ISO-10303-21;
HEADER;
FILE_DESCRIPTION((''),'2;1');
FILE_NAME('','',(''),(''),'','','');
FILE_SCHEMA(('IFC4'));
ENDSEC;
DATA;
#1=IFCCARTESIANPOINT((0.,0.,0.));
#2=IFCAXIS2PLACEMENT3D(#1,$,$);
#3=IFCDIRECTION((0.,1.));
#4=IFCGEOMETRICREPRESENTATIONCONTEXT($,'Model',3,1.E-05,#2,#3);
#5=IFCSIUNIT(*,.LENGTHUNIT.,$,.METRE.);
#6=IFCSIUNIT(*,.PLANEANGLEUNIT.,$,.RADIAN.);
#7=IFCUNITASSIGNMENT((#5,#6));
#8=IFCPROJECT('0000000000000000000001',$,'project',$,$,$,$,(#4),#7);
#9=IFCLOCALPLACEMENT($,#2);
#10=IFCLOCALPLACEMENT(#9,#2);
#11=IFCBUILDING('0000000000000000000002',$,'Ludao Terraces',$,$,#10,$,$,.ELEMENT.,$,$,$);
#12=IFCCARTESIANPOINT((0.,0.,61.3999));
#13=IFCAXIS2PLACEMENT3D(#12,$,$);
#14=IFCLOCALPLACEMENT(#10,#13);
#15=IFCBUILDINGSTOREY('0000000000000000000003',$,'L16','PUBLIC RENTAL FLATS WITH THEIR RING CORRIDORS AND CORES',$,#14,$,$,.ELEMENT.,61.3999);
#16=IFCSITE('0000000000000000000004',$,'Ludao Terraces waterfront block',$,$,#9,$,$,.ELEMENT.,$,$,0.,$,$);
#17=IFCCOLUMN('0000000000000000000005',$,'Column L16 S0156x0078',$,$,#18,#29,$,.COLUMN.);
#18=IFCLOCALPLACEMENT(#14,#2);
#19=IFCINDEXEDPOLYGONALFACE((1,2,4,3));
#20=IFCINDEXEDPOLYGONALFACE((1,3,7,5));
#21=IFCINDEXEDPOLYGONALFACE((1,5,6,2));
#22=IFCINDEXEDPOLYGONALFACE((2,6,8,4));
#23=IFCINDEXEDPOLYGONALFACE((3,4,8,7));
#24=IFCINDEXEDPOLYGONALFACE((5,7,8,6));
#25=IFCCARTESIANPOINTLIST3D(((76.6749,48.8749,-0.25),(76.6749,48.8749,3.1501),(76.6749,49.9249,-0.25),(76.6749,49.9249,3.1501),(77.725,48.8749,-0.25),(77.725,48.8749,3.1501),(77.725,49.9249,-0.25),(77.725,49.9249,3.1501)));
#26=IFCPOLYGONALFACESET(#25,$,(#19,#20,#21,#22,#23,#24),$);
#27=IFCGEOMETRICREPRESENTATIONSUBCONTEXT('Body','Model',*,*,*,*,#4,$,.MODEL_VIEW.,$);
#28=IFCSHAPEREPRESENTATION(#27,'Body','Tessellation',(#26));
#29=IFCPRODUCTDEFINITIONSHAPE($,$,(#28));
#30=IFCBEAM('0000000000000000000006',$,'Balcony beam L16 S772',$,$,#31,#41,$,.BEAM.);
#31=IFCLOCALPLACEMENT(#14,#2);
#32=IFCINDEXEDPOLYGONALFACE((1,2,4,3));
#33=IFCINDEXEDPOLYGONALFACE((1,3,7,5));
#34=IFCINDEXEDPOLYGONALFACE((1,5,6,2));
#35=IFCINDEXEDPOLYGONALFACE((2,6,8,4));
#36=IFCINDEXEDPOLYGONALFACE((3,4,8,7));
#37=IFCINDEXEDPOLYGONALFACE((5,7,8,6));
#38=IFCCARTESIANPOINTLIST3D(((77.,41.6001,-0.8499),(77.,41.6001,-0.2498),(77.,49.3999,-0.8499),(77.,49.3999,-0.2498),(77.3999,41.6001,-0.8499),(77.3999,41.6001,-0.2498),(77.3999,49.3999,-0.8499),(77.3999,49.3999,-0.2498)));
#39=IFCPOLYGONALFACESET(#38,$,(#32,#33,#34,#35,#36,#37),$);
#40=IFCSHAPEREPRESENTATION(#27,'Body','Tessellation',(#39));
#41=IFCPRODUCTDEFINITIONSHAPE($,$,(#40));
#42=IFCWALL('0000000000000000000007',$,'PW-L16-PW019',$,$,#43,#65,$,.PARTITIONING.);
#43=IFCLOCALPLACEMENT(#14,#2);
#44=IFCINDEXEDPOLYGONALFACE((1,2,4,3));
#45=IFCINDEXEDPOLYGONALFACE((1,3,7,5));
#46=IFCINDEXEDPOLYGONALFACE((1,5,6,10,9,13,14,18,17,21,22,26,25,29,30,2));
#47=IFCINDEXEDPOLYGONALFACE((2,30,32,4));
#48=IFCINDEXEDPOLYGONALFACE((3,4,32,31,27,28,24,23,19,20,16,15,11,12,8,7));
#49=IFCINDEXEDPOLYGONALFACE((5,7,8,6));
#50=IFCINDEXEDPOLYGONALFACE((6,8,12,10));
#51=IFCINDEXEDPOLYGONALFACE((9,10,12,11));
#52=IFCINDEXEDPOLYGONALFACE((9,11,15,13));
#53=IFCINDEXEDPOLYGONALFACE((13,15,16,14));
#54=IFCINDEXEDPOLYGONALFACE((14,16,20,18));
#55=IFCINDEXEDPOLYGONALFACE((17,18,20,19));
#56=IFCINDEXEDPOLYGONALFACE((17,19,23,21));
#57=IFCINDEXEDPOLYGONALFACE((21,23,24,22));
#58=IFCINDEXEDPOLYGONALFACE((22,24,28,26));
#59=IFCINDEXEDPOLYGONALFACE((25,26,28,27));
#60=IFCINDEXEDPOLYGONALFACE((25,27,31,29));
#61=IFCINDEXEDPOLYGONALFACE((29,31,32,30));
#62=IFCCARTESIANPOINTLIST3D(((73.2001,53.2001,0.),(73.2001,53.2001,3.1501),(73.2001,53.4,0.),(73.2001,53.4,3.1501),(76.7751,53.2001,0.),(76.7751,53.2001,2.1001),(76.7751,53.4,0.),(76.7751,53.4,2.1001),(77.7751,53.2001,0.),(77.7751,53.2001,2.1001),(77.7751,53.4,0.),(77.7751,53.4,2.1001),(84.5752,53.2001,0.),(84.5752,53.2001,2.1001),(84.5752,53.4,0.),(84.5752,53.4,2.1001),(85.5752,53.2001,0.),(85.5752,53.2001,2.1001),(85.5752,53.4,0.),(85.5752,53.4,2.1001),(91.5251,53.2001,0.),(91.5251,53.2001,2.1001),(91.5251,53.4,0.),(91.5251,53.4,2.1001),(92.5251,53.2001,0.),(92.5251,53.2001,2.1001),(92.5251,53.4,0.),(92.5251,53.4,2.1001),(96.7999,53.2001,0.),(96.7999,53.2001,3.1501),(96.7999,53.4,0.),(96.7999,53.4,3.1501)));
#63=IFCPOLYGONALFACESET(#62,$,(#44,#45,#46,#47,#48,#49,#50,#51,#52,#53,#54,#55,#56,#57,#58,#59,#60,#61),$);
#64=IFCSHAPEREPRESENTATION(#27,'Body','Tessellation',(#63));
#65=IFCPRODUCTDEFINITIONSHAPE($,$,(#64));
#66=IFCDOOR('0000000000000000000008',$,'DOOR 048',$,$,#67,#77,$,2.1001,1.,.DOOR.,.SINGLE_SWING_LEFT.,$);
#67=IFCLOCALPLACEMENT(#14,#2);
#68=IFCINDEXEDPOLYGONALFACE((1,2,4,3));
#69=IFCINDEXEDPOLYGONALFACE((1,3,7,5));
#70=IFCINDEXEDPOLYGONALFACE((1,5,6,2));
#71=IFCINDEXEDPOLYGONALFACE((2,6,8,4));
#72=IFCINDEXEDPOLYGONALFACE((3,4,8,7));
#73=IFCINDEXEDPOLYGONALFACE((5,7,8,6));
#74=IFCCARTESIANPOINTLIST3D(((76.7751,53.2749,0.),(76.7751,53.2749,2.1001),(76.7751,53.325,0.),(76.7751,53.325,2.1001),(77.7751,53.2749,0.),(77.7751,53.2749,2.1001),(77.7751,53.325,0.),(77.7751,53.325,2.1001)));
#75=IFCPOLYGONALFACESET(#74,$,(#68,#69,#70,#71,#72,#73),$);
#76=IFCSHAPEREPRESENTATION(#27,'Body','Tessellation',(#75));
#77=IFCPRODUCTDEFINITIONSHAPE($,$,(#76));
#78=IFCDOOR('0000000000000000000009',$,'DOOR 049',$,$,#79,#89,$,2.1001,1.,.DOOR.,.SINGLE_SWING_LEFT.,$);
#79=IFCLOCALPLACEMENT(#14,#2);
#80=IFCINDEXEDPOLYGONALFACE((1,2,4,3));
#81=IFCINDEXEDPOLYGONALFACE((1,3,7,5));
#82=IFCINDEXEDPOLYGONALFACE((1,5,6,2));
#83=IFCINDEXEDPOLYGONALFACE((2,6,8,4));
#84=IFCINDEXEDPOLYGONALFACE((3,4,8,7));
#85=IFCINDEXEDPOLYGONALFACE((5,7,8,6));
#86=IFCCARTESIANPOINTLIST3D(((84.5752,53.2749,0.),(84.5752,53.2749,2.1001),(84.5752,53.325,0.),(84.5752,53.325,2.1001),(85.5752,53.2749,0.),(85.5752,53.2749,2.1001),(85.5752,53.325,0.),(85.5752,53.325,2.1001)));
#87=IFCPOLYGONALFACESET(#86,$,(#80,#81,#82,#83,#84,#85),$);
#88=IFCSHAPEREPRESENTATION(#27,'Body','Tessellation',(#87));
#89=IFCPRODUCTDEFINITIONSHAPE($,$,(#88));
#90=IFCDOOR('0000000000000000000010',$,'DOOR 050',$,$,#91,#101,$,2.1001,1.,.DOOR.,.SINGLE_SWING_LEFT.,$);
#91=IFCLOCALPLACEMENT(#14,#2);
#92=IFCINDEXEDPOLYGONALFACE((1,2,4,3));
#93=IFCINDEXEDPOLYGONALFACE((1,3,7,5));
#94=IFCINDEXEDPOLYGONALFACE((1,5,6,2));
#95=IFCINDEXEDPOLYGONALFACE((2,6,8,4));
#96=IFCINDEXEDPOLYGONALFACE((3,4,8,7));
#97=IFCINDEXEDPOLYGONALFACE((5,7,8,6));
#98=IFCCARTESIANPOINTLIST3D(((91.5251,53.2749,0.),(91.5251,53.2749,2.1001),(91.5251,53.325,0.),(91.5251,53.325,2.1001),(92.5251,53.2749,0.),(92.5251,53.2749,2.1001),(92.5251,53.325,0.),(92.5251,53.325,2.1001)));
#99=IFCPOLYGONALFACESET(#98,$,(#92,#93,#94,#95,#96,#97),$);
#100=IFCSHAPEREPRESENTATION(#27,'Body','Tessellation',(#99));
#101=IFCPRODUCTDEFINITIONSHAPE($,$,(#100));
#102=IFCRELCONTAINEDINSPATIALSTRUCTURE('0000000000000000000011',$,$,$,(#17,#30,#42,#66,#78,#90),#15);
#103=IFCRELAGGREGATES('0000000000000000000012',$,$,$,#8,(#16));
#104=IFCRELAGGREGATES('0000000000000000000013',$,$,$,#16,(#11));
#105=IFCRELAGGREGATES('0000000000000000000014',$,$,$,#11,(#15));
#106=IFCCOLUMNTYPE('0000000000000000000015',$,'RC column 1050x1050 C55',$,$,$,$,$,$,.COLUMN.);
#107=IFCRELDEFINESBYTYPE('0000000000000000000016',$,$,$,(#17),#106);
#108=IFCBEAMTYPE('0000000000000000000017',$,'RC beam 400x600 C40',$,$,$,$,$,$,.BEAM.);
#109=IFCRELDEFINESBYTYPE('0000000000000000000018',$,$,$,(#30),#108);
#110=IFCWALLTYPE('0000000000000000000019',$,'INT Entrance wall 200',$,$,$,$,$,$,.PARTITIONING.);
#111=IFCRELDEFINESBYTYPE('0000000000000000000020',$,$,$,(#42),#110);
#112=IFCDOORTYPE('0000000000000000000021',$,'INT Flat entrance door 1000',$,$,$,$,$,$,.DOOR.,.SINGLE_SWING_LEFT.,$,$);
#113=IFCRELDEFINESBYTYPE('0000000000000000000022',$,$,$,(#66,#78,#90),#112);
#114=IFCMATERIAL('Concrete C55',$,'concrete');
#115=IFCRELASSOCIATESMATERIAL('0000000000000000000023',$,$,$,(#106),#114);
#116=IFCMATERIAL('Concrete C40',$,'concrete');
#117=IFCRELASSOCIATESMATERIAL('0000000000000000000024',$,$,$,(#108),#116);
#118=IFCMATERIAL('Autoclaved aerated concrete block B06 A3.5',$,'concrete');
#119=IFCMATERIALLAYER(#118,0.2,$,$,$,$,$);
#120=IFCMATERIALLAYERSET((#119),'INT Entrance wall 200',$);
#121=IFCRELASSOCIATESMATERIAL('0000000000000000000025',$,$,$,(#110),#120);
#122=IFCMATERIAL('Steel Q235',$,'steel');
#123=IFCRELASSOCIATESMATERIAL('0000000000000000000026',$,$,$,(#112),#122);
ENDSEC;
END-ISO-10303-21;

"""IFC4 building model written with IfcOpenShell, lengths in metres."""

from ifc_helpers import new_model, si_unit, direction, frame, frame_2d, origin, origin_2d, place, context, subcontext, project, spatial, rectangle, extrude, material, layer, layer_set, material_profile, profile_set, type_object, element, fill, save


model = new_model("IFC4")

# Units and contexts
model_context = context("Model", 3, precision=1e-05, world=origin(), true_north=direction((0.0, 1.0)))
body_context = subcontext(model_context, "Body", "Model", "MODEL_VIEW")
ifc_project = project(units=[si_unit("LENGTHUNIT", "METRE"), si_unit("PLANEANGLEUNIT", "RADIAN")], contexts=[model_context])

# Site, building, storey
site_placement = place(None, origin())
site = spatial("IfcSite", under=ifc_project, at=site_placement, Name="Ludao Terraces waterfront block", CompositionType="ELEMENT", RefElevation=0.0)
building_placement = place(site_placement, origin())
building = spatial("IfcBuilding", under=site, at=building_placement, Name="Ludao Terraces", CompositionType="ELEMENT")
storey_placement = place(building_placement, frame((0.0, 0.0, 61.3999)))
storey = spatial("IfcBuildingStorey", under=building, at=storey_placement, Name="L16", Description="PUBLIC RENTAL FLATS WITH THEIR RING CORRIDORS AND CORES", CompositionType="ELEMENT", Elevation=61.3999)

# Column
ifc_material_1 = material(Name="Concrete C55", Category="concrete")
ifc_material_profile_1 = material_profile(ifc_material_1, rectangle(XDim=1.05, YDim=1.05, at=origin_2d()), Name="1050 X 1050")
ifc_profile_set_1 = profile_set([ifc_material_profile_1], Name="Concrete C55")
column_type = type_object("IfcColumnType", Name="RC column 1050x1050 C55", PredefinedType="COLUMN", material=ifc_profile_set_1)
column_placement = place(storey_placement, frame((77.2, 49.3999, -0.25), z_axis=(0.0, 0.0, 1.0), x_axis=(1.0, 0.0, 0.0)))
element("IfcColumn", 1, at=column_placement, inside=storey, type_object=column_type, Name="Column L16 S0156x0078", PredefinedType="COLUMN", context=body_context, shape_type="SweptSolid", body=[
    extrude(rectangle(XDim=1.05, YDim=1.05, at=origin_2d()), origin(), (0.0, 0.0, 1.0), 3.4001),
])

# Beam
ifc_material_2 = material(Name="Concrete C40", Category="concrete")
ifc_material_profile_2 = material_profile(ifc_material_2, rectangle(XDim=0.3999, YDim=0.6001, at=origin_2d()), Name="400 X 600")
ifc_profile_set_2 = profile_set([ifc_material_profile_2], Name="Concrete C40")
beam_type = type_object("IfcBeamType", Name="RC beam 400x600 C40", PredefinedType="BEAM", material=ifc_profile_set_2)
beam_placement = place(storey_placement, frame((77.2, 49.3999, -0.5498), z_axis=(0.0, -1.0, 0.0), x_axis=(1.0, 0.0, 0.0)))
element("IfcBeam", 2, at=beam_placement, inside=storey, type_object=beam_type, Name="Balcony beam L16 S772", PredefinedType="BEAM", context=body_context, shape_type="SweptSolid", body=[
    extrude(rectangle(XDim=0.3999, YDim=0.6001, at=origin_2d()), origin(), (0.0, 0.0, 1.0), 7.7998),
])

# Wall, openings, doors
ifc_material_3 = material(Name="Autoclaved aerated concrete block B06 A3.5", Category="concrete")
ifc_layer_1 = layer(ifc_material_3, 0.2)
ifc_layer_set_1 = layer_set([ifc_layer_1], Name="INT Entrance wall 200")
wall_type_1 = type_object("IfcWallType", Name="INT Entrance wall 200", PredefinedType="PARTITIONING", material=ifc_layer_set_1)
wall_1_placement = place(storey_placement, frame((73.2002, 53.3, 0.0), z_axis=(0.0, 0.0, 1.0), x_axis=(1.0, 0.0, 0.0)))
wall_1 = element("IfcWall", 3, at=wall_1_placement, inside=storey, type_object=wall_type_1, Name="PW-L16-PW019", PredefinedType="PARTITIONING", context=body_context, shape_type="SweptSolid", body=[
    extrude(rectangle(XDim=23.5999, YDim=0.2, at=frame_2d((11.7998, 0.0))), origin(), (0.0, 0.0, 1.0), 3.1501),
])
opening_1_placement = place(wall_1_placement, frame((3.575, 0.0, 0.0)))
opening_1 = element("IfcOpeningElement", 4, at=opening_1_placement, cuts=wall_1, PredefinedType="OPENING", context=body_context, shape_type="SweptSolid", body=[
    extrude(rectangle(XDim=1.0, YDim=2.1001, at=frame_2d((0.5, 1.05))), frame((0.0, 0.1099, 0.0), z_axis=(0.0, -1.0, 0.0), x_axis=(1.0, 0.0, 0.0)), (0.0, 0.0, 1.0), 0.22),
])
opening_2_placement = place(wall_1_placement, frame((11.375, 0.0, 0.0)))
opening_2 = element("IfcOpeningElement", 5, at=opening_2_placement, cuts=wall_1, PredefinedType="OPENING", context=body_context, shape_type="SweptSolid", body=[
    extrude(rectangle(XDim=1.0, YDim=2.1001, at=frame_2d((0.5, 1.05))), frame((0.0, 0.1099, 0.0), z_axis=(0.0, -1.0, 0.0), x_axis=(1.0, 0.0, 0.0)), (0.0, 0.0, 1.0), 0.22),
])
opening_3_placement = place(wall_1_placement, frame((18.325, 0.0, 0.0)))
opening_3 = element("IfcOpeningElement", 6, at=opening_3_placement, cuts=wall_1, PredefinedType="OPENING", context=body_context, shape_type="SweptSolid", body=[
    extrude(rectangle(XDim=1.0, YDim=2.1001, at=frame_2d((0.5, 1.05))), frame((0.0, 0.1099, 0.0), z_axis=(0.0, -1.0, 0.0), x_axis=(1.0, 0.0, 0.0)), (0.0, 0.0, 1.0), 0.22),
])
ifc_material_4 = material(Name="Steel Q235", Category="steel")
door_type_1 = type_object("IfcDoorType", Name="INT Flat entrance door 1000", OperationType="SINGLE_SWING_LEFT", PredefinedType="DOOR", material=ifc_material_4)
door_1_placement = place(opening_1_placement, origin())
door_1 = element("IfcDoor", 7, at=door_1_placement, inside=storey, type_object=door_type_1, Name="DOOR 048", OperationType="SINGLE_SWING_LEFT", OverallHeight=2.1001, OverallWidth=1.0, PredefinedType="DOOR", context=body_context, shape_type="SweptSolid", body=[
    extrude(rectangle(XDim=1.0, YDim=2.1001, at=frame_2d((0.5, 1.05))), frame((0.0, 0.0249, 0.0), z_axis=(0.0, -1.0, 0.0), x_axis=(1.0, 0.0, 0.0)), (0.0, 0.0, 1.0), 0.05),
])
fill(opening_1, door_1)
door_2_placement = place(opening_2_placement, origin())
door_2 = element("IfcDoor", 8, at=door_2_placement, inside=storey, type_object=door_type_1, Name="DOOR 049", OperationType="SINGLE_SWING_LEFT", OverallHeight=2.1001, OverallWidth=1.0, PredefinedType="DOOR", context=body_context, shape_type="SweptSolid", body=[
    extrude(rectangle(XDim=1.0, YDim=2.1001, at=frame_2d((0.5, 1.05))), frame((0.0, 0.0249, 0.0), z_axis=(0.0, -1.0, 0.0), x_axis=(1.0, 0.0, 0.0)), (0.0, 0.0, 1.0), 0.05),
])
fill(opening_2, door_2)
door_3_placement = place(opening_3_placement, origin())
door_3 = element("IfcDoor", 9, at=door_3_placement, inside=storey, type_object=door_type_1, Name="DOOR 050", OperationType="SINGLE_SWING_LEFT", OverallHeight=2.1001, OverallWidth=1.0, PredefinedType="DOOR", context=body_context, shape_type="SweptSolid", body=[
    extrude(rectangle(XDim=1.0, YDim=2.1001, at=frame_2d((0.5, 1.05))), frame((0.0, 0.0249, 0.0), z_axis=(0.0, -1.0, 0.0), x_axis=(1.0, 0.0, 0.0)), (0.0, 0.0, 1.0), 0.05),
])
fill(opening_3, door_3)

save(model, "model.ifc")
